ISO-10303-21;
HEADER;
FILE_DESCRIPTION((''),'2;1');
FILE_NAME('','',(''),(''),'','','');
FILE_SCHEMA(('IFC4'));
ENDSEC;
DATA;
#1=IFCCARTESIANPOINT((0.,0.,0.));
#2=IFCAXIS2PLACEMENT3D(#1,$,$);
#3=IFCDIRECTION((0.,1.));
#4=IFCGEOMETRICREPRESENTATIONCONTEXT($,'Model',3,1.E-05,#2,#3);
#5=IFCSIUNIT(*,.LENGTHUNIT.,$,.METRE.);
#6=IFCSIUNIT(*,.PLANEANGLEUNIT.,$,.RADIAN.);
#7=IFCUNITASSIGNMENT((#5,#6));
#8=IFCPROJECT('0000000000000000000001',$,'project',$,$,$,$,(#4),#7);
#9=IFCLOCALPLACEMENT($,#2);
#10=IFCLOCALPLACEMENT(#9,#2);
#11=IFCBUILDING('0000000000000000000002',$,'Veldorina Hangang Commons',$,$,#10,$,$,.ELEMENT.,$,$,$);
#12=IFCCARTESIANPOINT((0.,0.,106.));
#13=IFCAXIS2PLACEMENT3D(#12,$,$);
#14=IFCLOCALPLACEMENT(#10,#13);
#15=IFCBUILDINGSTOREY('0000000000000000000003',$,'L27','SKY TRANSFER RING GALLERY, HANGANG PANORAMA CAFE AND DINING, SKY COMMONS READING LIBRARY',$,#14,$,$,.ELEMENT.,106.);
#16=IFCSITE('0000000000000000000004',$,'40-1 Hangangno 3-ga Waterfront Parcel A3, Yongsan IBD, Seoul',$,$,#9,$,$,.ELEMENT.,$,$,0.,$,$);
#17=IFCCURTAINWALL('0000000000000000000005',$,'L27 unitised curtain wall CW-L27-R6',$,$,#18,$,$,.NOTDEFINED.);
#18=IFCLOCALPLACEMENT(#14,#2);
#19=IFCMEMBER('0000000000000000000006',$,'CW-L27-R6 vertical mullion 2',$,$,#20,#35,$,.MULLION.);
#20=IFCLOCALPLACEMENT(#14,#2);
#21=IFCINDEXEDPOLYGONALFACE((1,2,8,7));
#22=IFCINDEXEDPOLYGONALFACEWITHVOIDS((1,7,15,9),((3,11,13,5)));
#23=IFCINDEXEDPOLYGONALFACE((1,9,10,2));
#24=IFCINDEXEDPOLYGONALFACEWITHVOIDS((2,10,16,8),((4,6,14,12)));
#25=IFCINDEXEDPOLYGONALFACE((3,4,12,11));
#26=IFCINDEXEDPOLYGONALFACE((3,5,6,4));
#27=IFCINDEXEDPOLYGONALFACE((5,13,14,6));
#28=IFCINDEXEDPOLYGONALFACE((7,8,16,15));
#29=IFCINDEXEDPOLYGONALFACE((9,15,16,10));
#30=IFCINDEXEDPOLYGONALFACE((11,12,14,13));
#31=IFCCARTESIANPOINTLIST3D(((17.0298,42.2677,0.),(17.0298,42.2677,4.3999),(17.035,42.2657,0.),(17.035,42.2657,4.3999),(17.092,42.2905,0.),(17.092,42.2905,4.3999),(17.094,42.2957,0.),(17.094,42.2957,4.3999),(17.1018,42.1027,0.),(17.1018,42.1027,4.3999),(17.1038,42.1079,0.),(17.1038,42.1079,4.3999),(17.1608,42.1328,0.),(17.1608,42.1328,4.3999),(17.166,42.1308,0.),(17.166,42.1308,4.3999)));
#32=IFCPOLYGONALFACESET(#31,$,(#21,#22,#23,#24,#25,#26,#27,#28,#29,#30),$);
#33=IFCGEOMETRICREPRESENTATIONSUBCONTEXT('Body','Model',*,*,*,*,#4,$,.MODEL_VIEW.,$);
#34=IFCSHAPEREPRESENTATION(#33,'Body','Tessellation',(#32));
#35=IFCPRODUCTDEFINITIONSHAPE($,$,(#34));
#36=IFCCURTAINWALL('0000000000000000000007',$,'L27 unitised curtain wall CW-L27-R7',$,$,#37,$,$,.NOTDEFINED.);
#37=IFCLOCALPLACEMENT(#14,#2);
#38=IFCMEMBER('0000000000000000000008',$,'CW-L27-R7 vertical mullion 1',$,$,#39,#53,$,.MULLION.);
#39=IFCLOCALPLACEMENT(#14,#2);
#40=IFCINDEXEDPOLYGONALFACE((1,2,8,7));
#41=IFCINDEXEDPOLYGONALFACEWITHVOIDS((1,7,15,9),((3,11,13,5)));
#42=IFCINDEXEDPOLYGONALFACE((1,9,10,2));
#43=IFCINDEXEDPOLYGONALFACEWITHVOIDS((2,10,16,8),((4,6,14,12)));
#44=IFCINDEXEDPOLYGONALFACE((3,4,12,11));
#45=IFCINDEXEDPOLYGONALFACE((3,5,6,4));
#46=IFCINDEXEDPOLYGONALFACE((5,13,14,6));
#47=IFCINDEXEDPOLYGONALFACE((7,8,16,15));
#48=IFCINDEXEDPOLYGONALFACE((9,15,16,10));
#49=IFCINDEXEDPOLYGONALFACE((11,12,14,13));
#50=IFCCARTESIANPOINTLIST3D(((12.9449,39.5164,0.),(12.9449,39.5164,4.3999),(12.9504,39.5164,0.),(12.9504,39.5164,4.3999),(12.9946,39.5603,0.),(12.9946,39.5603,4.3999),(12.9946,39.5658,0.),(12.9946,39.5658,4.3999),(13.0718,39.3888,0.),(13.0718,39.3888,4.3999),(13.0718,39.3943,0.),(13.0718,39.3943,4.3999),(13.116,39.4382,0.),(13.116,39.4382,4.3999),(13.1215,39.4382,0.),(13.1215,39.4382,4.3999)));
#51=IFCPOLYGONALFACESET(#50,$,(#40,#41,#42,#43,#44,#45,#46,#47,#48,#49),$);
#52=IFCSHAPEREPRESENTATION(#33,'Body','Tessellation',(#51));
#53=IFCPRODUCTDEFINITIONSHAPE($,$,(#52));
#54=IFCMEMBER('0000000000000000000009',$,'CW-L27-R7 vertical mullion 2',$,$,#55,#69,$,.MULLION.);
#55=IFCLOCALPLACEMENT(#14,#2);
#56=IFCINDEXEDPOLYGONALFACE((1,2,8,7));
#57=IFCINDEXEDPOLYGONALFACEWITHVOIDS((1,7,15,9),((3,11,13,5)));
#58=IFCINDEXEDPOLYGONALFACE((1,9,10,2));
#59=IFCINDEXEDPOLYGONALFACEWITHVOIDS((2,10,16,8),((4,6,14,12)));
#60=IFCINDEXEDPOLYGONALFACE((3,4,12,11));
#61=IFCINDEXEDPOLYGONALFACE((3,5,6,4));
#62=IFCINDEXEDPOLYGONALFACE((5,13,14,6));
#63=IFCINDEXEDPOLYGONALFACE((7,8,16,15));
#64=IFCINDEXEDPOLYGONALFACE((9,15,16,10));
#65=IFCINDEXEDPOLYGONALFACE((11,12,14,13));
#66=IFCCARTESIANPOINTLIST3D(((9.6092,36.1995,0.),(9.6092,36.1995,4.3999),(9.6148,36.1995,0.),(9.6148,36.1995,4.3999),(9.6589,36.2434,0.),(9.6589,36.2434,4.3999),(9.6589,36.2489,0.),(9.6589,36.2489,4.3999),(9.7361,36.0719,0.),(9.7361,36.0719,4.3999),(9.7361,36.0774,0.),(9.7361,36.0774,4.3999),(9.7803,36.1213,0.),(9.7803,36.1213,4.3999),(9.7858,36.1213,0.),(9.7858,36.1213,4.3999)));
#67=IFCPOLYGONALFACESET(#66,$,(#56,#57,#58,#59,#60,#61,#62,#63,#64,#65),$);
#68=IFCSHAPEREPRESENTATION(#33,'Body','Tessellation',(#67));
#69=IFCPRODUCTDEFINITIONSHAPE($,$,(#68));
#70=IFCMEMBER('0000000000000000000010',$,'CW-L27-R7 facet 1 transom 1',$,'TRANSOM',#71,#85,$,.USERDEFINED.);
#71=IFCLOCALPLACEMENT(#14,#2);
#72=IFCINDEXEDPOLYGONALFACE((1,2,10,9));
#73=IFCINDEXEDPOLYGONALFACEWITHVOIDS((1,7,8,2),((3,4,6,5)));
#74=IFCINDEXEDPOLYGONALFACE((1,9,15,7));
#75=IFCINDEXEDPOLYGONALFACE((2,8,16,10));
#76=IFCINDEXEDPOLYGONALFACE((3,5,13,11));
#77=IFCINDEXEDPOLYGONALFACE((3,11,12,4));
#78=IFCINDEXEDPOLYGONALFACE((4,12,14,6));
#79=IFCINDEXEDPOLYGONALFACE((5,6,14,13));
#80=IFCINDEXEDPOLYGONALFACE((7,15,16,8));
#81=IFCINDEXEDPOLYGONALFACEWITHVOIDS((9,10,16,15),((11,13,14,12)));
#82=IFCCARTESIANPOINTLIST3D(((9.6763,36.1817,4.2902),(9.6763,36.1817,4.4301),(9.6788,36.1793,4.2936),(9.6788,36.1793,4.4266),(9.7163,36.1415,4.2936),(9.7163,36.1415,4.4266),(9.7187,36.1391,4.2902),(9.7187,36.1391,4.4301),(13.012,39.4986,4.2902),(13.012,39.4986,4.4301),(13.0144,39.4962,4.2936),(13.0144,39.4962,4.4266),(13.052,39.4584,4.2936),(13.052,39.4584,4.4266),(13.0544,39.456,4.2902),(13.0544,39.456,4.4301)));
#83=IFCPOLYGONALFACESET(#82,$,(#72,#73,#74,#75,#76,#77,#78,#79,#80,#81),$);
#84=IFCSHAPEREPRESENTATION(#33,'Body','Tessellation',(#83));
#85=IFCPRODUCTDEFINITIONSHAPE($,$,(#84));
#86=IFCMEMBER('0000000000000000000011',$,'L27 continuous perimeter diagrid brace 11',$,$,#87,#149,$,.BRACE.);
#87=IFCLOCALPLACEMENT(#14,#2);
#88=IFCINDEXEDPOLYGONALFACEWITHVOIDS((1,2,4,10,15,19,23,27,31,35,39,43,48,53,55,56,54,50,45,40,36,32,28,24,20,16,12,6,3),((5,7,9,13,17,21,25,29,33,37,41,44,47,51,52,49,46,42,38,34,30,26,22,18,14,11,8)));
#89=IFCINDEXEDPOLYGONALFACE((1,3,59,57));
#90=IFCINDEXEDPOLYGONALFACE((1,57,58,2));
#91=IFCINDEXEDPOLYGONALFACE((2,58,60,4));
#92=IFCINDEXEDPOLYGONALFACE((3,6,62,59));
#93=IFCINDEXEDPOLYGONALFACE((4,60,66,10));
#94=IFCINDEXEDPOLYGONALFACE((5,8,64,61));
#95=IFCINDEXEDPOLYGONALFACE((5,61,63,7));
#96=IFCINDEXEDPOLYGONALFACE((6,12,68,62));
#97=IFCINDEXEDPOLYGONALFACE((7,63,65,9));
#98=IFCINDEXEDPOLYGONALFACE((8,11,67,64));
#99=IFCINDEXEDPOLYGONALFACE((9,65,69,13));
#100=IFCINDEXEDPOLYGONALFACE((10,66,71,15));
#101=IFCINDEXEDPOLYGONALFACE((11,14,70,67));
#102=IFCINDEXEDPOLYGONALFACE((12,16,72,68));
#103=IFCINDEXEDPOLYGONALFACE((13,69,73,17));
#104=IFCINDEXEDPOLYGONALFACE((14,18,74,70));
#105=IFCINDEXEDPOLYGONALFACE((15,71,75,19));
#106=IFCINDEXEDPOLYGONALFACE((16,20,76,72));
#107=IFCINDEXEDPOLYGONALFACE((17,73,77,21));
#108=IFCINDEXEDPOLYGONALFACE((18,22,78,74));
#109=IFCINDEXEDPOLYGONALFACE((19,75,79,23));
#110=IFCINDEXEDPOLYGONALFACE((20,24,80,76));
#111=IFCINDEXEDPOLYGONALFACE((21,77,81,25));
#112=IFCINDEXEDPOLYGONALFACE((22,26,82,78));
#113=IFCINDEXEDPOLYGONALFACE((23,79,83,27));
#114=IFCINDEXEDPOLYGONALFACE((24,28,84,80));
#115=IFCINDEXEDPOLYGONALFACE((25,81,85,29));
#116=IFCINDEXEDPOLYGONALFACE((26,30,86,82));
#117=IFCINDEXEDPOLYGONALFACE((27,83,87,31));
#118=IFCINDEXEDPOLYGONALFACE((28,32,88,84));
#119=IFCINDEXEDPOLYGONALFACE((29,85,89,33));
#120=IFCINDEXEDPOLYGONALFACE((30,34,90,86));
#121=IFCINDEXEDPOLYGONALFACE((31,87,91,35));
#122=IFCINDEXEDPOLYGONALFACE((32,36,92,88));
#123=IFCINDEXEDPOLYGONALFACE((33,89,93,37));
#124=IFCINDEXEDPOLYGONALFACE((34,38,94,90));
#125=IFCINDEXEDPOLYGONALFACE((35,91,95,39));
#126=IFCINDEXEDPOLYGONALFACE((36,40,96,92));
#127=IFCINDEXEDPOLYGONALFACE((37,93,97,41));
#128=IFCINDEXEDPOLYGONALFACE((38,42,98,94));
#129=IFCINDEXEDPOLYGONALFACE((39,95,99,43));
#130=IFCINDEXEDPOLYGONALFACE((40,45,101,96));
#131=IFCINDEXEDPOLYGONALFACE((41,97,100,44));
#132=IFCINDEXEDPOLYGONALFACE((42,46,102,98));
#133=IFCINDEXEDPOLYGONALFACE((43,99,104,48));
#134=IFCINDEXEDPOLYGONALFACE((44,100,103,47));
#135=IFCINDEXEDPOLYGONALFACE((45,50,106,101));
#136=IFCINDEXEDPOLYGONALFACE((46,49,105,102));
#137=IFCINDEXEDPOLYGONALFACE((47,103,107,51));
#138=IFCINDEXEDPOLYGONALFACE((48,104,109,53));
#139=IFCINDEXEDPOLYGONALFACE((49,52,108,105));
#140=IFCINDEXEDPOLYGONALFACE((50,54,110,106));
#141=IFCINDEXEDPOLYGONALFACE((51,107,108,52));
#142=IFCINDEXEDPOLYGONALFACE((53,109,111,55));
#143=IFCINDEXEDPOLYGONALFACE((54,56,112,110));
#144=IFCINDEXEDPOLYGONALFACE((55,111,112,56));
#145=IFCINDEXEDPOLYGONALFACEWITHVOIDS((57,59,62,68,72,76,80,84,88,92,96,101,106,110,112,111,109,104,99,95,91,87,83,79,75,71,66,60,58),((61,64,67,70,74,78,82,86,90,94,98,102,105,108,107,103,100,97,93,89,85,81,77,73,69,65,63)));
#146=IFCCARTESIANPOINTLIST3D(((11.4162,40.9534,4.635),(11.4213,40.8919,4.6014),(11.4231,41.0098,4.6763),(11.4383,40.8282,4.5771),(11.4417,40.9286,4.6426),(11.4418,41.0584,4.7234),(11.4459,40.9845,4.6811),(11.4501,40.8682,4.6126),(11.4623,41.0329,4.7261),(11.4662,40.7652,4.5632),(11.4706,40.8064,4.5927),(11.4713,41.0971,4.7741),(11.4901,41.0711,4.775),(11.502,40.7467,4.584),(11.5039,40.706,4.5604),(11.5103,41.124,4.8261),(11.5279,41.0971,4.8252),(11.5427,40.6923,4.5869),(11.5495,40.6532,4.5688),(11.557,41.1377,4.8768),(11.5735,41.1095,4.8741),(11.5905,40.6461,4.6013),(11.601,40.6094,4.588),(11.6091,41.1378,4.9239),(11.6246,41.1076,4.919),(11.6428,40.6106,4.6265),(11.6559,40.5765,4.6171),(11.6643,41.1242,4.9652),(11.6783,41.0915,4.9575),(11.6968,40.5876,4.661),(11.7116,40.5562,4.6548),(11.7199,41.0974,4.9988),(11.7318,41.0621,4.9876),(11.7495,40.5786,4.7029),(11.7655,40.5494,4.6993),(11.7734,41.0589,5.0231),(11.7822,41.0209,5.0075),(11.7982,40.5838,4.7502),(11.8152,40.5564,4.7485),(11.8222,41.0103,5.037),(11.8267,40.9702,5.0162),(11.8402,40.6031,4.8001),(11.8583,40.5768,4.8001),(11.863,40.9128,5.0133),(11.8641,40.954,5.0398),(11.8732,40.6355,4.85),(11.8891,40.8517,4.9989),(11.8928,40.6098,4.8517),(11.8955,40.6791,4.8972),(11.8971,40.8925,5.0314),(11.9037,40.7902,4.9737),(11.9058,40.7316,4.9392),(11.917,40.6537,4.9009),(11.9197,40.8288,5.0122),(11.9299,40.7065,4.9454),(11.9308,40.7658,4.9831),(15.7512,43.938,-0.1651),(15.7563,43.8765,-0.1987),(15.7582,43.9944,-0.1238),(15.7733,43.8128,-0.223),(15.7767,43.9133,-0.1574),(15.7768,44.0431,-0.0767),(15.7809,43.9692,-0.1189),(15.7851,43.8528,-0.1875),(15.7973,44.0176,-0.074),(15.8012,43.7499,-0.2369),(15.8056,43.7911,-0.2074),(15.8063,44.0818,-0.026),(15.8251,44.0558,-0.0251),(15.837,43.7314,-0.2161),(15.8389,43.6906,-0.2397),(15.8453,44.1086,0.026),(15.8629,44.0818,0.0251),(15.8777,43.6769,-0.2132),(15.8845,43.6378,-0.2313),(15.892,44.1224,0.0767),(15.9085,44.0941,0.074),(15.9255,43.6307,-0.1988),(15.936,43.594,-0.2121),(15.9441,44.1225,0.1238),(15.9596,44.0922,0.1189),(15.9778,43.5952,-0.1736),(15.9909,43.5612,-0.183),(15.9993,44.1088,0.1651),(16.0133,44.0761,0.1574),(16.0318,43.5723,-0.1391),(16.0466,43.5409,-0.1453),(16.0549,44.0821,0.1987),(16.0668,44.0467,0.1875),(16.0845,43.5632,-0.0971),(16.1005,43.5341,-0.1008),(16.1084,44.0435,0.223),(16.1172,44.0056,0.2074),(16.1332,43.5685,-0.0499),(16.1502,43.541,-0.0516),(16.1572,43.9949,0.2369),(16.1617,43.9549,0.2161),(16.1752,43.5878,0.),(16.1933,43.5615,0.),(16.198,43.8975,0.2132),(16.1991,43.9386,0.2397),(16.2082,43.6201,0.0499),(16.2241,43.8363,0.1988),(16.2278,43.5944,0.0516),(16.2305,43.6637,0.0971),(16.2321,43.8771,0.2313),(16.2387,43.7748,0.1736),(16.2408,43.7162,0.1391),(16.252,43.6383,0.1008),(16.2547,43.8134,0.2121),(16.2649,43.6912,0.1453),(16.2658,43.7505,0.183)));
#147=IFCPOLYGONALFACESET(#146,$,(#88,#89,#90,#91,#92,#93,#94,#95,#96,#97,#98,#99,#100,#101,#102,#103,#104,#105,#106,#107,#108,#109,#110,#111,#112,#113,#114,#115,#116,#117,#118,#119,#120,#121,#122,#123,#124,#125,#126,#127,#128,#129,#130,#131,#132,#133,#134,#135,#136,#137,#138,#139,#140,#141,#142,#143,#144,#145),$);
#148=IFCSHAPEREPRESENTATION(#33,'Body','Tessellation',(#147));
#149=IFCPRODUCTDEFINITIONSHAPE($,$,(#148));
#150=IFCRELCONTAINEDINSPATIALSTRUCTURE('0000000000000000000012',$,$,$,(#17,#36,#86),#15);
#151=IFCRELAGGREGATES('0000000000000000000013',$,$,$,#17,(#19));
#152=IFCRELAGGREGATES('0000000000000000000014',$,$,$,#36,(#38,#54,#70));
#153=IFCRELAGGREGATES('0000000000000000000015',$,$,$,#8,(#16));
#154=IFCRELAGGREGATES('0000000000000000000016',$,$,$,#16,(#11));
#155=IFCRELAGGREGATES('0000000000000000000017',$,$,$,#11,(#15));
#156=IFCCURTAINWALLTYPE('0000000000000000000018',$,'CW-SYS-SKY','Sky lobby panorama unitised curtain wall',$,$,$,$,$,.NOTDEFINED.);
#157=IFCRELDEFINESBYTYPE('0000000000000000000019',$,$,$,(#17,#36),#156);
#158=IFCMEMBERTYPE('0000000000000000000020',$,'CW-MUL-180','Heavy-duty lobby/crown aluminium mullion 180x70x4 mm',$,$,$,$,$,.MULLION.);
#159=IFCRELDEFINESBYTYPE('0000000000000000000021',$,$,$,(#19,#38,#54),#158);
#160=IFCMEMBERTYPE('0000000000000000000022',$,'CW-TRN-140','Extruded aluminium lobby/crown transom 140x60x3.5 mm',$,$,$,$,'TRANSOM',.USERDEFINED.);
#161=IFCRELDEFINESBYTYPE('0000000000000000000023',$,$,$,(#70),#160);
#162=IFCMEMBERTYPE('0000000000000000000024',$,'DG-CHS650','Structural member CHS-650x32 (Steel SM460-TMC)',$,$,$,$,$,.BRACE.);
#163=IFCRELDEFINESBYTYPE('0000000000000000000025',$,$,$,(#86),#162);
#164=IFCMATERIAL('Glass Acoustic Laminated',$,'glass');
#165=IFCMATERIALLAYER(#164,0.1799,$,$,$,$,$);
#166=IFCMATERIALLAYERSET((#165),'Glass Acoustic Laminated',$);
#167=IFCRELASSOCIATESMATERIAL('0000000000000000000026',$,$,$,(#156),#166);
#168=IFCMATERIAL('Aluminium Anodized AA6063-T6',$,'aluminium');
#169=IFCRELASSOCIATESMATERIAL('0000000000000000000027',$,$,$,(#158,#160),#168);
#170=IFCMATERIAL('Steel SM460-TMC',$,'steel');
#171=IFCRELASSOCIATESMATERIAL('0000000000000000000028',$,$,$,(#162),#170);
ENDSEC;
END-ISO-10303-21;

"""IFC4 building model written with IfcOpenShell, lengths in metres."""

from ifc_helpers import new_model, si_unit, direction, frame, origin, origin_2d, place, context, subcontext, project, spatial, hollow_rectangle, hollow_circle, extrude, material, layer, layer_set, material_profile, profile_set, type_object, element, aggregate, save


model = new_model("IFC4")

# Units and contexts
model_context = context("Model", 3, precision=1e-05, world=origin(), true_north=direction((0.0, 1.0)))
body_context = subcontext(model_context, "Body", "Model", "MODEL_VIEW")
ifc_project = project(units=[si_unit("LENGTHUNIT", "METRE"), si_unit("PLANEANGLEUNIT", "RADIAN")], contexts=[model_context])

# Site, building, storey
site_placement = place(None, origin())
site = spatial("IfcSite", under=ifc_project, at=site_placement, Name="40-1 Hangangno 3-ga Waterfront Parcel A3, Yongsan IBD, Seoul", CompositionType="ELEMENT", RefElevation=0.0)
building_placement = place(site_placement, origin())
building = spatial("IfcBuilding", under=site, at=building_placement, Name="Veldorina Hangang Commons", CompositionType="ELEMENT")
storey_placement = place(building_placement, frame((0.0, 0.0, 106.0)))
storey = spatial("IfcBuildingStorey", under=building, at=storey_placement, Name="L27", Description="SKY TRANSFER RING GALLERY, HANGANG PANORAMA CAFE AND DINING, SKY COMMONS READING LIBRARY", CompositionType="ELEMENT", Elevation=106.0)

# Curtain wall, member
ifc_material_1 = material(Name="Glass Acoustic Laminated", Category="glass")
ifc_layer_1 = layer(ifc_material_1, 0.1799)
ifc_layer_set_1 = layer_set([ifc_layer_1], Name="Glass Acoustic Laminated")
curtain_wall_type = type_object("IfcCurtainWallType", Name="CW-SYS-SKY", Description="Sky lobby panorama unitised curtain wall", PredefinedType="NOTDEFINED", material=ifc_layer_set_1)
curtain_wall_1_placement = place(storey_placement, origin())
curtain_wall_1 = element("IfcCurtainWall", 1, at=curtain_wall_1_placement, inside=storey, type_object=curtain_wall_type, Name="L27 unitised curtain wall CW-L27-R6", PredefinedType="NOTDEFINED")
ifc_material_2 = material(Name="Aluminium Anodized AA6063-T6", Category="aluminium")
ifc_material_profile_1 = material_profile(ifc_material_2, hollow_rectangle(XDim=0.0701, YDim=0.1799, WallThickness=0.0039, at=origin_2d()), Name="ALU-RHS-180x70x4")
ifc_profile_set_1 = profile_set([ifc_material_profile_1], Name="Aluminium Anodized AA6063-T6")
member_type_1 = type_object("IfcMemberType", Name="CW-MUL-180", Description="Heavy-duty lobby/crown aluminium mullion 180x70x4 mm", PredefinedType="MULLION", material=ifc_profile_set_1)
member_1_placement = place(storey_placement, frame((17.0979, 42.1992, 0.0), z_axis=(0.0, 0.0, 1.0), x_axis=(0.9166, 0.399805, 0.0)))
member_1 = element("IfcMember", 2, at=member_1_placement, type_object=member_type_1, Name="CW-L27-R6 vertical mullion 2", PredefinedType="MULLION", context=body_context, shape_type="SweptSolid", body=[
    extrude(hollow_rectangle(XDim=0.0701, YDim=0.1799, WallThickness=0.0039, at=origin_2d()), origin(), (0.0, 0.0, 1.0), 4.3999),
])
aggregate(curtain_wall_1, [member_1])

# Curtain wall, members
curtain_wall_2_placement = place(storey_placement, origin())
curtain_wall_2 = element("IfcCurtainWall", 3, at=curtain_wall_2_placement, inside=storey, type_object=curtain_wall_type, Name="L27 unitised curtain wall CW-L27-R7", PredefinedType="NOTDEFINED")
member_2_placement = place(storey_placement, frame((13.0332, 39.4773, 0.0), z_axis=(0.0, 0.0, 1.0), x_axis=(-0.709116, -0.705092, 0.0)))
member_2 = element("IfcMember", 4, at=member_2_placement, type_object=member_type_1, Name="CW-L27-R7 vertical mullion 1", PredefinedType="MULLION", context=body_context, shape_type="SweptSolid", body=[
    extrude(hollow_rectangle(XDim=0.0701, YDim=0.1799, WallThickness=0.0039, at=origin_2d()), origin(), (0.0, 0.0, 1.0), 4.3999),
])
member_3_placement = place(storey_placement, frame((9.6975, 36.1604, 0.0), z_axis=(0.0, 0.0, 1.0), x_axis=(0.709116, 0.705092, 0.0)))
member_3 = element("IfcMember", 5, at=member_3_placement, type_object=member_type_1, Name="CW-L27-R7 vertical mullion 2", PredefinedType="MULLION", context=body_context, shape_type="SweptSolid", body=[
    extrude(hollow_rectangle(XDim=0.0701, YDim=0.1799, WallThickness=0.0039, at=origin_2d()), origin(), (0.0, 0.0, 1.0), 4.3999),
])
ifc_material_profile_2 = material_profile(ifc_material_2, hollow_rectangle(XDim=0.0601, YDim=0.1399, WallThickness=0.0034, at=origin_2d()), Name="ALU-RHS-140x60x3.5")
ifc_profile_set_2 = profile_set([ifc_material_profile_2], Name="Aluminium Anodized AA6063-T6")
member_type_2 = type_object("IfcMemberType", Name="CW-TRN-140", Description="Extruded aluminium lobby/crown transom 140x60x3.5 mm", ElementType="TRANSOM", PredefinedType="USERDEFINED", material=ifc_profile_set_2)
member_4_placement = place(storey_placement, frame((13.0332, 39.4773, 4.3601), z_axis=(-0.709102, -0.705106, 0.0), x_axis=(0.705106, -0.709102, 0.0)))
member_4 = element("IfcMember", 6, at=member_4_placement, type_object=member_type_2, Name="CW-L27-R7 facet 1 transom 1", ObjectType="TRANSOM", PredefinedType="USERDEFINED", context=body_context, shape_type="SweptSolid", body=[
    extrude(hollow_rectangle(XDim=0.0601, YDim=0.1399, WallThickness=0.0034, at=origin_2d()), origin(), (0.0, 0.0, 1.0), 4.7041),
])

# Member
ifc_material_3 = material(Name="Steel SM460-TMC", Category="steel")
ifc_material_profile_3 = material_profile(ifc_material_3, hollow_circle(Radius=0.325, WallThickness=0.032, at=origin_2d()), Name="CHS-650x32")
ifc_profile_set_3 = profile_set([ifc_material_profile_3], Name="Steel SM460-TMC")
member_type_3 = type_object("IfcMemberType", Name="DG-CHS650", Description="Structural member CHS-650x32 (Steel SM460-TMC)", PredefinedType="BRACE", material=ifc_profile_set_3)
member_5_placement = place(storey_placement, frame((16.009, 43.8291, 0.0), z_axis=(-0.608567, -0.418998, 0.673859), x_axis=(0.567088, -0.823657, 0.0)))
element("IfcMember", 7, at=member_5_placement, inside=storey, type_object=member_type_3, Name="L27 continuous perimeter diagrid brace 11", PredefinedType="BRACE", context=body_context, shape_type="SweptSolid", body=[
    extrude(hollow_circle(Radius=0.325, WallThickness=0.032, at=origin_2d()), origin(), (0.0, 0.0, 1.0), 7.1233),
])

aggregate(curtain_wall_2, [member_2, member_3, member_4])

save(model, "model.ifc")
